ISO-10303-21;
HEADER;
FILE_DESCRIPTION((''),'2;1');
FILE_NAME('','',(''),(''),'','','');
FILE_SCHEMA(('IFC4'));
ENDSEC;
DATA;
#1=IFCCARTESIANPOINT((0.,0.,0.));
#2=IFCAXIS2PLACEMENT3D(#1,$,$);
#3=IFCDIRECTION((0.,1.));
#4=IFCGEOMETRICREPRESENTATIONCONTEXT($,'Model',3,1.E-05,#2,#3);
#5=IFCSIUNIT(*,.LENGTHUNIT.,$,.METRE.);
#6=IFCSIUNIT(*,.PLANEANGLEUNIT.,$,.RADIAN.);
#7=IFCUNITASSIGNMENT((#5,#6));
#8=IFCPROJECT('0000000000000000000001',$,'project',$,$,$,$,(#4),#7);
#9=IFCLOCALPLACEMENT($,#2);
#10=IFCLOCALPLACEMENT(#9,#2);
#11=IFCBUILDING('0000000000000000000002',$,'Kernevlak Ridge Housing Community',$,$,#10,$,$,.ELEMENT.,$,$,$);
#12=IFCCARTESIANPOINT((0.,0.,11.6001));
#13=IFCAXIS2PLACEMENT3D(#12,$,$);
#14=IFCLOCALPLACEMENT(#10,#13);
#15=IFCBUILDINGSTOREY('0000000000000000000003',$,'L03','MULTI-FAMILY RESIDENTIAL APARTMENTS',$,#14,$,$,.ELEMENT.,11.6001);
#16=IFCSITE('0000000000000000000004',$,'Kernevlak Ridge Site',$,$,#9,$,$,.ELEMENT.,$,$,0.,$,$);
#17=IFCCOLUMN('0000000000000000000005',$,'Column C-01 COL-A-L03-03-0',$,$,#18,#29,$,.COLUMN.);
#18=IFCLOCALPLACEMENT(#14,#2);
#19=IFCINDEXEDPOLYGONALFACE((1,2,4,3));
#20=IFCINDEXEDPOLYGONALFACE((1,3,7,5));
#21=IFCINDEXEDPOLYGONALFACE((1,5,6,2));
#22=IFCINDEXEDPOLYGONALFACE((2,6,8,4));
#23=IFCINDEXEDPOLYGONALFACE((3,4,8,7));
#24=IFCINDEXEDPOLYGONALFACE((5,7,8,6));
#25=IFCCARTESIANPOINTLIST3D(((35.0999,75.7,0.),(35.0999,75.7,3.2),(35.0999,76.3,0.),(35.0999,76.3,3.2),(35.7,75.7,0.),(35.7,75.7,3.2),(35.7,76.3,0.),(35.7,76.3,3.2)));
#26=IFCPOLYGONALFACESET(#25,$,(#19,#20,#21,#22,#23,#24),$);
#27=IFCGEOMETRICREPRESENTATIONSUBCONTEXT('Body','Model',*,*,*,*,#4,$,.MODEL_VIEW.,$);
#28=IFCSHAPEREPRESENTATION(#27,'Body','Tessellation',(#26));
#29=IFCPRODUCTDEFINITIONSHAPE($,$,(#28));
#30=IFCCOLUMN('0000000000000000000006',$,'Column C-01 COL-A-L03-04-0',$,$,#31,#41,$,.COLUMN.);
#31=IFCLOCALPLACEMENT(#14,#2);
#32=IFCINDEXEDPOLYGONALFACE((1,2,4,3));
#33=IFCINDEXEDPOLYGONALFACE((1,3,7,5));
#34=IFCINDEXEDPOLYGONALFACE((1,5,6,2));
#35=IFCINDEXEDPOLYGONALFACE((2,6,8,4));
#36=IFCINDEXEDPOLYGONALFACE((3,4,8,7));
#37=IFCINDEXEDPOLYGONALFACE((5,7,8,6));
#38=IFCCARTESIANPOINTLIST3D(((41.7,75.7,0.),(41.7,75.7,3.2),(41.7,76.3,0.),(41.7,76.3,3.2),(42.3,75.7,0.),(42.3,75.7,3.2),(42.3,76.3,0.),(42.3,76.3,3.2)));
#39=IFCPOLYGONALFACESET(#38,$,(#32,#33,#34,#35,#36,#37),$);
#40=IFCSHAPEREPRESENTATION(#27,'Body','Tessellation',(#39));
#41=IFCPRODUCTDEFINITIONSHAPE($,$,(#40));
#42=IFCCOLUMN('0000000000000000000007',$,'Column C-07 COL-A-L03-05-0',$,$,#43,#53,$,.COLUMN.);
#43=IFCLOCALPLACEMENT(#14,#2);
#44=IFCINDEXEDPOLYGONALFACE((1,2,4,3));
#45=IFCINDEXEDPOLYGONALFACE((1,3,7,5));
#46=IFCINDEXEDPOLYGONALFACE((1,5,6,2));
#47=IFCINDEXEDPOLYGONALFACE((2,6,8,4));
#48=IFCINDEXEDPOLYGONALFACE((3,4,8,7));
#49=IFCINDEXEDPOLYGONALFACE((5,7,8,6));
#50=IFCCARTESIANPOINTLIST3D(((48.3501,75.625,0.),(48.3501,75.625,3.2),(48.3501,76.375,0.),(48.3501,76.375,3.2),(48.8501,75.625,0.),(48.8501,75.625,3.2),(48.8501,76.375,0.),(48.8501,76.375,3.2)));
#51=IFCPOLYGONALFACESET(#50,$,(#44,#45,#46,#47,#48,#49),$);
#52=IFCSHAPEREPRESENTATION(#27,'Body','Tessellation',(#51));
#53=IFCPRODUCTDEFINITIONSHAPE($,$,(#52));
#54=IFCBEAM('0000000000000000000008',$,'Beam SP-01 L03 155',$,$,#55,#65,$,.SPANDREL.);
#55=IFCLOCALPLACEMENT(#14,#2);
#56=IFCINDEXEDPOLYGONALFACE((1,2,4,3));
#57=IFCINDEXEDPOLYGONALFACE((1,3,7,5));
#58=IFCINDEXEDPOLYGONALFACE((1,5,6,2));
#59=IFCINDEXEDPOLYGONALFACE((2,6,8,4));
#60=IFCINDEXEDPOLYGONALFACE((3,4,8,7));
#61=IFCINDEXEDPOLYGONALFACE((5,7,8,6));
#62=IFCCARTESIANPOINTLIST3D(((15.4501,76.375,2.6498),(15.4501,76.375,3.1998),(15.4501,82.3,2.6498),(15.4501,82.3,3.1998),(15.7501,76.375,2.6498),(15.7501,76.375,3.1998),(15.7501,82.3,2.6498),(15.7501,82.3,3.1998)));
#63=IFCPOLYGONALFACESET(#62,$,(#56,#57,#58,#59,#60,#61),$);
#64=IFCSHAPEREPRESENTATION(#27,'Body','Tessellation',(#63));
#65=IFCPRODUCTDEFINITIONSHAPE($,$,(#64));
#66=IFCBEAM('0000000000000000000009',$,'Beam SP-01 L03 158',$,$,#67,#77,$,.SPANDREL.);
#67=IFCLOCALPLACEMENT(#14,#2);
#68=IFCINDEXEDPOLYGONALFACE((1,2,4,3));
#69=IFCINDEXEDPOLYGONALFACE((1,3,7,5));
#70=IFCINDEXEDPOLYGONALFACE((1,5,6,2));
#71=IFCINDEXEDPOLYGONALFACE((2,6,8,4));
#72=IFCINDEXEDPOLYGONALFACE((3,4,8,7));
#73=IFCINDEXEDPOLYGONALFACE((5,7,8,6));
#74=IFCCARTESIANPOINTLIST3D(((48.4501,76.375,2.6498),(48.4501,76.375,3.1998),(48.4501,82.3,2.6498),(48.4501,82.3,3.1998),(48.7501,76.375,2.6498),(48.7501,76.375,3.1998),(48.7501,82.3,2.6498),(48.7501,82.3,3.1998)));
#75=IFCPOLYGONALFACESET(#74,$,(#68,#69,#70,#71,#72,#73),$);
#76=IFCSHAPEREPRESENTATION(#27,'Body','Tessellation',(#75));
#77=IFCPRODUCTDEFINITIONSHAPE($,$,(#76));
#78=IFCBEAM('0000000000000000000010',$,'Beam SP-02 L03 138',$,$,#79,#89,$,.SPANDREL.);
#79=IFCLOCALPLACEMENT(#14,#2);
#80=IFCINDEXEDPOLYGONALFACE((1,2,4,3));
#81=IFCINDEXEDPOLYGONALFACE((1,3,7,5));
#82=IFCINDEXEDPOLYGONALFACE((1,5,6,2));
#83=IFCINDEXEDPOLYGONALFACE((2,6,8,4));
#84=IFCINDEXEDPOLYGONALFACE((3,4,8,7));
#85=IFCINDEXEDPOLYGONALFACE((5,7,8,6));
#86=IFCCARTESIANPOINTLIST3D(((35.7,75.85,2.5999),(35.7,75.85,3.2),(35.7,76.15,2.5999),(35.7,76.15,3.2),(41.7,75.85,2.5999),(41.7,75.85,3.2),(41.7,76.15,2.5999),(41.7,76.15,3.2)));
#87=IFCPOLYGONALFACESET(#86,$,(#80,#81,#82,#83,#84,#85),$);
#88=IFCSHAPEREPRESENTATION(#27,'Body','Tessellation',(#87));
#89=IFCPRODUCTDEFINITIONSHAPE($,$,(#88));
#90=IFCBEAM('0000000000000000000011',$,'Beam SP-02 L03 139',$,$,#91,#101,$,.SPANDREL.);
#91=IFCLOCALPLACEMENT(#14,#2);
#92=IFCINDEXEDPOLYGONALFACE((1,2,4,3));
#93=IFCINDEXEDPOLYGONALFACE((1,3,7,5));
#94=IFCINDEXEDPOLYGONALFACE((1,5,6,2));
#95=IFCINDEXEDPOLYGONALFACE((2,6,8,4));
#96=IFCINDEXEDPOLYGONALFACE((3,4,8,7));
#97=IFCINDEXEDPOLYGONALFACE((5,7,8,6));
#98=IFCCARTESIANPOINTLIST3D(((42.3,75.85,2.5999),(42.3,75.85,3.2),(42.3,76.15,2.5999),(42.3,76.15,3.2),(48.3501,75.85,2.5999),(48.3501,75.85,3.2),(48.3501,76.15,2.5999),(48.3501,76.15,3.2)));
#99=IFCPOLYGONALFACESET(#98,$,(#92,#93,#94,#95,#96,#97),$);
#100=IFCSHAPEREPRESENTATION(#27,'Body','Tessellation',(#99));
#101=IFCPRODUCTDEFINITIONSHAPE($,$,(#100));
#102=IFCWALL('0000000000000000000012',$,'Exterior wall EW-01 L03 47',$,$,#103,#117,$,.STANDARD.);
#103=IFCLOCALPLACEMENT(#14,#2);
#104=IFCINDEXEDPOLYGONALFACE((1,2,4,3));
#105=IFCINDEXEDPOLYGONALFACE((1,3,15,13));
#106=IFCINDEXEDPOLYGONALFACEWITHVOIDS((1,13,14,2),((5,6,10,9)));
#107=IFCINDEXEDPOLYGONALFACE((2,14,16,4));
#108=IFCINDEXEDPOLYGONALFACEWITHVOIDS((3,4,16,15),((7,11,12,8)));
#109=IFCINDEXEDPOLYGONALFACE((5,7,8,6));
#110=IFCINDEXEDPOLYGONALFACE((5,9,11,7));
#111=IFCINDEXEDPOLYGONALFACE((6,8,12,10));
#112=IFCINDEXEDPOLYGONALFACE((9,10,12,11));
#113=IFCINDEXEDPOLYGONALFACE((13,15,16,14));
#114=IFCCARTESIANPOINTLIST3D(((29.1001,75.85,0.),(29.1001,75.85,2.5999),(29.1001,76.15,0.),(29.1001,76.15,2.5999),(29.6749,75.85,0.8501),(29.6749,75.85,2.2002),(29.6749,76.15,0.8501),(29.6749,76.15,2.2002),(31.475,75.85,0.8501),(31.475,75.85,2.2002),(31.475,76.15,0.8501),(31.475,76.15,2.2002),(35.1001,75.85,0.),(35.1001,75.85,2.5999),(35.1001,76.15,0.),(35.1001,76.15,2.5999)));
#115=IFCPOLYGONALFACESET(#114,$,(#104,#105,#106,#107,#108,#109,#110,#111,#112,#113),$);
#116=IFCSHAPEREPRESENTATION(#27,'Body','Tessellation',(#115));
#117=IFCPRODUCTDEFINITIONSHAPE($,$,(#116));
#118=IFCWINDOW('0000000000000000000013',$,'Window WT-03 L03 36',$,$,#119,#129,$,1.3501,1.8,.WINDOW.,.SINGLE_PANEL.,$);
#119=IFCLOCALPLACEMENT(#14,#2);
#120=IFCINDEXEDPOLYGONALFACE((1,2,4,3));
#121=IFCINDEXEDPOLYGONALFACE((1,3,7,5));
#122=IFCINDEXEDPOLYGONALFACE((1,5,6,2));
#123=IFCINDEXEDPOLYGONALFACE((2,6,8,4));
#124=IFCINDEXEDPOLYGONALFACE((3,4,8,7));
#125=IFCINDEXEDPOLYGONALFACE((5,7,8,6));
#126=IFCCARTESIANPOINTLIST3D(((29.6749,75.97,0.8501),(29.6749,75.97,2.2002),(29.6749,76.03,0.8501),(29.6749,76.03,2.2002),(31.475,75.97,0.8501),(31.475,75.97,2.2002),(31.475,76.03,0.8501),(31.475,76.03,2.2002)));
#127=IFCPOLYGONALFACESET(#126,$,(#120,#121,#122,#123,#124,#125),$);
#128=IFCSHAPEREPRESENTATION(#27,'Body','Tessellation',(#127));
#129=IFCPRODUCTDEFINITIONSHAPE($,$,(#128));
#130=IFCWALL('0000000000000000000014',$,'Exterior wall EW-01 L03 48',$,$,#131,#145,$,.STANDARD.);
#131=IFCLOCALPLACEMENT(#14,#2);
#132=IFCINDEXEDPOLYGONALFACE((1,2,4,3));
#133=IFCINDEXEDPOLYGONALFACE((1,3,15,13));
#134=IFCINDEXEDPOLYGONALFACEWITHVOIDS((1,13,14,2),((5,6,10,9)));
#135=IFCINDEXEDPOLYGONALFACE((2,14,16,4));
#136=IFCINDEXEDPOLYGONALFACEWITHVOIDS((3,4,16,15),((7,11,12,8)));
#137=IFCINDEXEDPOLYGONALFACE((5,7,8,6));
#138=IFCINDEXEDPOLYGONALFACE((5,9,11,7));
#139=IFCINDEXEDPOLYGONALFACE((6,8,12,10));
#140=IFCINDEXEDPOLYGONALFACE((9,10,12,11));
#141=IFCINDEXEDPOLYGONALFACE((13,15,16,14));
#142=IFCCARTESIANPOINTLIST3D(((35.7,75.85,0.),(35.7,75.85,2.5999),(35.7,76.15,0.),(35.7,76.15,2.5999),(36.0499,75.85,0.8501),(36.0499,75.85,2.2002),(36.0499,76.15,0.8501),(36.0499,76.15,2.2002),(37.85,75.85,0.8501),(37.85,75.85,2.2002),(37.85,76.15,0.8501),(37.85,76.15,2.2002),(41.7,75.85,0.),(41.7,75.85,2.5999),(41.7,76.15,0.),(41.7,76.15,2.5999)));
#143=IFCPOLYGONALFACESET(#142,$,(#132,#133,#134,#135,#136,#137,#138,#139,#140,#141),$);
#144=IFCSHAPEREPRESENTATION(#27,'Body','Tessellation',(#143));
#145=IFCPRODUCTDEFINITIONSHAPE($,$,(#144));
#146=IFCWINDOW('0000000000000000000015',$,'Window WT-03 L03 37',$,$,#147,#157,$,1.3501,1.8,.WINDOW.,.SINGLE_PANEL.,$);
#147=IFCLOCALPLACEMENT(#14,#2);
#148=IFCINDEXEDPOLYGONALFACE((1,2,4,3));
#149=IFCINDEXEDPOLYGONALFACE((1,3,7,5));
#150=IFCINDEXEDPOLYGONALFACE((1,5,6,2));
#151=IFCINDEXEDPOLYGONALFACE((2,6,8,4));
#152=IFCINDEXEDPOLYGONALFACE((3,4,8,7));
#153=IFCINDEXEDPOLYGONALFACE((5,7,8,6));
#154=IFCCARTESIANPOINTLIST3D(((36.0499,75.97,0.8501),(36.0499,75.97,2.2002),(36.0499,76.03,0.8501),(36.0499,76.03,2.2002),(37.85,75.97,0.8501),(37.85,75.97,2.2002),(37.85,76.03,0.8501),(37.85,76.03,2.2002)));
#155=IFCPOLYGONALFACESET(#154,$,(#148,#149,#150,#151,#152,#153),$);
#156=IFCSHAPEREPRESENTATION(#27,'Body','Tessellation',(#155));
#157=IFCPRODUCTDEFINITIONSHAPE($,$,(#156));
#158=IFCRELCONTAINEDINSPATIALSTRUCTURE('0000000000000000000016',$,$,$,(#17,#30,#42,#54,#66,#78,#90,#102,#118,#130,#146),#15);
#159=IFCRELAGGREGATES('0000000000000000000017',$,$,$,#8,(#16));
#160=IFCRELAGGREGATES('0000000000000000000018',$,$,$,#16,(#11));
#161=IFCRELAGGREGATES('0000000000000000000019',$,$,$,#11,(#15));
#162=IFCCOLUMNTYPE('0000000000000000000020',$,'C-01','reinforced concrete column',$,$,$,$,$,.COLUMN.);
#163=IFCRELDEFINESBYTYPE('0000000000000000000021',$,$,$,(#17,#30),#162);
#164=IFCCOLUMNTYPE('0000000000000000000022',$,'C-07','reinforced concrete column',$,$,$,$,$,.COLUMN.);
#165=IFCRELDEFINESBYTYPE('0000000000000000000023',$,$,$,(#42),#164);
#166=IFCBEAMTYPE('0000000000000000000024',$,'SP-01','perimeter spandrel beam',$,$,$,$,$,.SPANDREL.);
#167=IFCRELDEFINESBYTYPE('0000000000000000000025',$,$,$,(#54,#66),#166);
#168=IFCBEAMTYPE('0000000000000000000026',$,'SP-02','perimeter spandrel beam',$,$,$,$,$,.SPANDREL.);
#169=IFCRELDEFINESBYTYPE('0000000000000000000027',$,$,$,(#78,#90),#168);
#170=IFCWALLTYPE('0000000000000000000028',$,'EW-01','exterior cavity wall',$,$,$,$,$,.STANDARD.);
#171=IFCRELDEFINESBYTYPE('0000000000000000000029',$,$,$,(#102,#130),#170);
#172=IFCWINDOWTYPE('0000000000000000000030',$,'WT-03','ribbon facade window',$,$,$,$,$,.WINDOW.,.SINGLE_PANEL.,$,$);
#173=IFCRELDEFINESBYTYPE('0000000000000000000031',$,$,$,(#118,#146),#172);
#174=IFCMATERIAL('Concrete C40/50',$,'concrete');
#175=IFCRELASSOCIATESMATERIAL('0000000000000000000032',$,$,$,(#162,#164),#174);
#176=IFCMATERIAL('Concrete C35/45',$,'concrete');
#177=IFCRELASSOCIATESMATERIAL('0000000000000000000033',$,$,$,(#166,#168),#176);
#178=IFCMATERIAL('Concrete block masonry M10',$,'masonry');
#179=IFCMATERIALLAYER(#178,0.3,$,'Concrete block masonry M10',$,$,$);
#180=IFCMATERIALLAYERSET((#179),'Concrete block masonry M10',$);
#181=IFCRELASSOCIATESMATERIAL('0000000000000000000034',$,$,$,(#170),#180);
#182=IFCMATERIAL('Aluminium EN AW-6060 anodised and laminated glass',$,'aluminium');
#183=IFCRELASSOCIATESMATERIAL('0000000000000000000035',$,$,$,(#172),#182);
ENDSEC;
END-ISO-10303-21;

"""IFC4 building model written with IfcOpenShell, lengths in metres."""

from ifc_helpers import new_model, si_unit, direction, frame, frame_2d, origin, origin_2d, place, context, subcontext, project, spatial, rectangle, extrude, material, layer, layer_set, material_profile, profile_set, type_object, element, fill, save


model = new_model("IFC4")

# Units and contexts
model_context = context("Model", 3, precision=1e-05, world=origin(), true_north=direction((0.0, 1.0)))
body_context = subcontext(model_context, "Body", "Model", "MODEL_VIEW")
ifc_project = project(units=[si_unit("LENGTHUNIT", "METRE"), si_unit("PLANEANGLEUNIT", "RADIAN")], contexts=[model_context])

# Site, building, storey
site_placement = place(None, origin())
site = spatial("IfcSite", under=ifc_project, at=site_placement, Name="Kernevlak Ridge Site", CompositionType="ELEMENT", RefElevation=0.0)
building_placement = place(site_placement, origin())
building = spatial("IfcBuilding", under=site, at=building_placement, Name="Kernevlak Ridge Housing Community", CompositionType="ELEMENT")
storey_placement = place(building_placement, frame((0.0, 0.0, 11.6001)))
storey = spatial("IfcBuildingStorey", under=building, at=storey_placement, Name="L03", Description="MULTI-FAMILY RESIDENTIAL APARTMENTS", CompositionType="ELEMENT", Elevation=11.6001)

# Columns
ifc_material_1 = material(Name="Concrete C40/50", Category="concrete")
ifc_material_profile_1 = material_profile(ifc_material_1, rectangle(XDim=0.6001, YDim=0.6001, at=origin_2d()), Name="RC 600x600")
ifc_profile_set_1 = profile_set([ifc_material_profile_1], Name="Concrete C40/50")
column_type_1 = type_object("IfcColumnType", Name="C-01", Description="reinforced concrete column", PredefinedType="COLUMN", material=ifc_profile_set_1)
for number, where, z_axis, x_axis, name in (
    (1, (35.3999, 76.0, 0.0), (0.0, 0.0, 1.0), (1.0, 0.0, 0.0), "Column C-01 COL-A-L03-03-0"),
    (2, (42.0, 76.0, 0.0), (0.0, 0.0, 1.0), (1.0, 0.0, 0.0), "Column C-01 COL-A-L03-04-0"),
):
    element("IfcColumn", number, at=place(storey_placement, frame(where, z_axis=z_axis, x_axis=x_axis)), inside=storey, type_object=column_type_1, Name=name, PredefinedType="COLUMN", context=body_context, shape_type="SweptSolid", body=[
        extrude(rectangle(XDim=0.6001, YDim=0.6001, at=origin_2d()), origin(), (0.0, 0.0, 1.0), 3.2),
    ])
ifc_material_profile_2 = material_profile(ifc_material_1, rectangle(XDim=0.5, YDim=0.75, at=origin_2d()), Name="RC 500x750")
ifc_profile_set_2 = profile_set([ifc_material_profile_2], Name="Concrete C40/50")
column_type_2 = type_object("IfcColumnType", Name="C-07", Description="reinforced concrete column", PredefinedType="COLUMN", material=ifc_profile_set_2)
column_placement = place(storey_placement, frame((48.6001, 76.0, 0.0), z_axis=(0.0, 0.0, 1.0), x_axis=(1.0, 0.0, 0.0)))
element("IfcColumn", 3, at=column_placement, inside=storey, type_object=column_type_2, Name="Column C-07 COL-A-L03-05-0", PredefinedType="COLUMN", context=body_context, shape_type="SweptSolid", body=[
    extrude(rectangle(XDim=0.5, YDim=0.75, at=origin_2d()), origin(), (0.0, 0.0, 1.0), 3.2),
])

# Beams
ifc_material_2 = material(Name="Concrete C35/45", Category="concrete")
ifc_material_profile_3 = material_profile(ifc_material_2, rectangle(XDim=0.3, YDim=0.55, at=origin_2d()), Name="RC 300x550")
ifc_profile_set_3 = profile_set([ifc_material_profile_3], Name="Concrete C35/45")
beam_type_1 = type_object("IfcBeamType", Name="SP-01", Description="perimeter spandrel beam", PredefinedType="SPANDREL", material=ifc_profile_set_3)
for number, where, z_axis, x_axis, name in (
    (4, (15.6001, 76.375, 2.9248), (0.0, 1.0, 0.0), (-1.0, 0.0, 0.0), "Beam SP-01 L03 155"),
    (5, (48.6001, 76.375, 2.9248), (0.0, 1.0, 0.0), (-1.0, 0.0, 0.0), "Beam SP-01 L03 158"),
):
    element("IfcBeam", number, at=place(storey_placement, frame(where, z_axis=z_axis, x_axis=x_axis)), inside=storey, type_object=beam_type_1, Name=name, PredefinedType="SPANDREL", context=body_context, shape_type="SweptSolid", body=[
        extrude(rectangle(XDim=0.3, YDim=0.55, at=origin_2d()), origin(), (0.0, 0.0, 1.0), 5.925),
    ])
ifc_material_profile_4 = material_profile(ifc_material_2, rectangle(XDim=0.3, YDim=0.6001, at=origin_2d()), Name="RC 300x600")
ifc_profile_set_4 = profile_set([ifc_material_profile_4], Name="Concrete C35/45")
beam_type_2 = type_object("IfcBeamType", Name="SP-02", Description="perimeter spandrel beam", PredefinedType="SPANDREL", material=ifc_profile_set_4)
beam_1_placement = place(storey_placement, frame((35.7, 76.0, 2.8999), z_axis=(1.0, 0.0, 0.0), x_axis=(0.0, 1.0, 0.0)))
element("IfcBeam", 6, at=beam_1_placement, inside=storey, type_object=beam_type_2, Name="Beam SP-02 L03 138", PredefinedType="SPANDREL", context=body_context, shape_type="SweptSolid", body=[
    extrude(rectangle(XDim=0.3, YDim=0.6001, at=origin_2d()), origin(), (0.0, 0.0, 1.0), 6.0),
])
beam_2_placement = place(storey_placement, frame((42.3, 76.0, 2.8999), z_axis=(1.0, 0.0, 0.0), x_axis=(0.0, 1.0, 0.0)))
element("IfcBeam", 7, at=beam_2_placement, inside=storey, type_object=beam_type_2, Name="Beam SP-02 L03 139", PredefinedType="SPANDREL", context=body_context, shape_type="SweptSolid", body=[
    extrude(rectangle(XDim=0.3, YDim=0.6001, at=origin_2d()), origin(), (0.0, 0.0, 1.0), 6.05),
])

# Walls, openings, windows
ifc_material_3 = material(Name="Concrete block masonry M10", Category="masonry")
ifc_layer_1 = layer(ifc_material_3, 0.3, Name="Concrete block masonry M10")
ifc_layer_set_1 = layer_set([ifc_layer_1], Name="Concrete block masonry M10")
wall_type_1 = type_object("IfcWallType", Name="EW-01", Description="exterior cavity wall", PredefinedType="STANDARD", material=ifc_layer_set_1)
wall_1_placement = place(storey_placement, frame((29.1001, 76.0, 0.0), z_axis=(0.0, 0.0, 1.0), x_axis=(1.0, 0.0, 0.0)))
wall_1 = element("IfcWall", 8, at=wall_1_placement, inside=storey, type_object=wall_type_1, Name="Exterior wall EW-01 L03 47", PredefinedType="STANDARD", context=body_context, shape_type="SweptSolid", body=[
    extrude(rectangle(XDim=6.0, YDim=0.3, at=frame_2d((3.0, 0.0))), origin(), (0.0, 0.0, 1.0), 2.5999),
])
opening_1_placement = place(wall_1_placement, frame((0.575, 0.0, 0.8501)))
opening_1 = element("IfcOpeningElement", 9, at=opening_1_placement, cuts=wall_1, PredefinedType="OPENING", context=body_context, shape_type="SweptSolid", body=[
    extrude(rectangle(XDim=1.8, YDim=1.3501, at=frame_2d((0.8999, 0.675))), frame((0.0, 0.1599, 0.0), z_axis=(0.0, -1.0, 0.0), x_axis=(1.0, 0.0, 0.0)), (0.0, 0.0, 1.0), 0.3201),
])
ifc_material_4 = material(Name="Aluminium EN AW-6060 anodised and laminated glass", Category="aluminium")
window_type_1 = type_object("IfcWindowType", Name="WT-03", Description="ribbon facade window", PartitioningType="SINGLE_PANEL", PredefinedType="WINDOW", material=ifc_material_4)
window_1_placement = place(opening_1_placement, origin())
window_1 = element("IfcWindow", 10, at=window_1_placement, inside=storey, type_object=window_type_1, Name="Window WT-03 L03 36", OverallHeight=1.3501, OverallWidth=1.8, PartitioningType="SINGLE_PANEL", PredefinedType="WINDOW", context=body_context, shape_type="SweptSolid", body=[
    extrude(rectangle(XDim=1.8, YDim=1.3501, at=frame_2d((0.8999, 0.675))), frame((0.0, 0.03, 0.0), z_axis=(0.0, -1.0, 0.0), x_axis=(1.0, 0.0, 0.0)), (0.0, 0.0, 1.0), 0.0601),
])
fill(opening_1, window_1)
wall_2_placement = place(storey_placement, frame((35.7, 76.0, 0.0), z_axis=(0.0, 0.0, 1.0), x_axis=(1.0, 0.0, 0.0)))
wall_2 = element("IfcWall", 11, at=wall_2_placement, inside=storey, type_object=wall_type_1, Name="Exterior wall EW-01 L03 48", PredefinedType="STANDARD", context=body_context, shape_type="SweptSolid", body=[
    extrude(rectangle(XDim=6.0, YDim=0.3, at=frame_2d((3.0, 0.0))), origin(), (0.0, 0.0, 1.0), 2.5999),
])
opening_2_placement = place(wall_2_placement, frame((0.3501, 0.0, 0.8501)))
opening_2 = element("IfcOpeningElement", 12, at=opening_2_placement, cuts=wall_2, PredefinedType="OPENING", context=body_context, shape_type="SweptSolid", body=[
    extrude(rectangle(XDim=1.8, YDim=1.3501, at=frame_2d((0.8999, 0.675))), frame((0.0, 0.1599, 0.0), z_axis=(0.0, -1.0, 0.0), x_axis=(1.0, 0.0, 0.0)), (0.0, 0.0, 1.0), 0.3201),
])
window_2_placement = place(opening_2_placement, origin())
window_2 = element("IfcWindow", 13, at=window_2_placement, inside=storey, type_object=window_type_1, Name="Window WT-03 L03 37", OverallHeight=1.3501, OverallWidth=1.8, PartitioningType="SINGLE_PANEL", PredefinedType="WINDOW", context=body_context, shape_type="SweptSolid", body=[
    extrude(rectangle(XDim=1.8, YDim=1.3501, at=frame_2d((0.8999, 0.675))), frame((0.0, 0.03, 0.0), z_axis=(0.0, -1.0, 0.0), x_axis=(1.0, 0.0, 0.0)), (0.0, 0.0, 1.0), 0.0601),
])
fill(opening_2, window_2)

save(model, "model.ifc")
